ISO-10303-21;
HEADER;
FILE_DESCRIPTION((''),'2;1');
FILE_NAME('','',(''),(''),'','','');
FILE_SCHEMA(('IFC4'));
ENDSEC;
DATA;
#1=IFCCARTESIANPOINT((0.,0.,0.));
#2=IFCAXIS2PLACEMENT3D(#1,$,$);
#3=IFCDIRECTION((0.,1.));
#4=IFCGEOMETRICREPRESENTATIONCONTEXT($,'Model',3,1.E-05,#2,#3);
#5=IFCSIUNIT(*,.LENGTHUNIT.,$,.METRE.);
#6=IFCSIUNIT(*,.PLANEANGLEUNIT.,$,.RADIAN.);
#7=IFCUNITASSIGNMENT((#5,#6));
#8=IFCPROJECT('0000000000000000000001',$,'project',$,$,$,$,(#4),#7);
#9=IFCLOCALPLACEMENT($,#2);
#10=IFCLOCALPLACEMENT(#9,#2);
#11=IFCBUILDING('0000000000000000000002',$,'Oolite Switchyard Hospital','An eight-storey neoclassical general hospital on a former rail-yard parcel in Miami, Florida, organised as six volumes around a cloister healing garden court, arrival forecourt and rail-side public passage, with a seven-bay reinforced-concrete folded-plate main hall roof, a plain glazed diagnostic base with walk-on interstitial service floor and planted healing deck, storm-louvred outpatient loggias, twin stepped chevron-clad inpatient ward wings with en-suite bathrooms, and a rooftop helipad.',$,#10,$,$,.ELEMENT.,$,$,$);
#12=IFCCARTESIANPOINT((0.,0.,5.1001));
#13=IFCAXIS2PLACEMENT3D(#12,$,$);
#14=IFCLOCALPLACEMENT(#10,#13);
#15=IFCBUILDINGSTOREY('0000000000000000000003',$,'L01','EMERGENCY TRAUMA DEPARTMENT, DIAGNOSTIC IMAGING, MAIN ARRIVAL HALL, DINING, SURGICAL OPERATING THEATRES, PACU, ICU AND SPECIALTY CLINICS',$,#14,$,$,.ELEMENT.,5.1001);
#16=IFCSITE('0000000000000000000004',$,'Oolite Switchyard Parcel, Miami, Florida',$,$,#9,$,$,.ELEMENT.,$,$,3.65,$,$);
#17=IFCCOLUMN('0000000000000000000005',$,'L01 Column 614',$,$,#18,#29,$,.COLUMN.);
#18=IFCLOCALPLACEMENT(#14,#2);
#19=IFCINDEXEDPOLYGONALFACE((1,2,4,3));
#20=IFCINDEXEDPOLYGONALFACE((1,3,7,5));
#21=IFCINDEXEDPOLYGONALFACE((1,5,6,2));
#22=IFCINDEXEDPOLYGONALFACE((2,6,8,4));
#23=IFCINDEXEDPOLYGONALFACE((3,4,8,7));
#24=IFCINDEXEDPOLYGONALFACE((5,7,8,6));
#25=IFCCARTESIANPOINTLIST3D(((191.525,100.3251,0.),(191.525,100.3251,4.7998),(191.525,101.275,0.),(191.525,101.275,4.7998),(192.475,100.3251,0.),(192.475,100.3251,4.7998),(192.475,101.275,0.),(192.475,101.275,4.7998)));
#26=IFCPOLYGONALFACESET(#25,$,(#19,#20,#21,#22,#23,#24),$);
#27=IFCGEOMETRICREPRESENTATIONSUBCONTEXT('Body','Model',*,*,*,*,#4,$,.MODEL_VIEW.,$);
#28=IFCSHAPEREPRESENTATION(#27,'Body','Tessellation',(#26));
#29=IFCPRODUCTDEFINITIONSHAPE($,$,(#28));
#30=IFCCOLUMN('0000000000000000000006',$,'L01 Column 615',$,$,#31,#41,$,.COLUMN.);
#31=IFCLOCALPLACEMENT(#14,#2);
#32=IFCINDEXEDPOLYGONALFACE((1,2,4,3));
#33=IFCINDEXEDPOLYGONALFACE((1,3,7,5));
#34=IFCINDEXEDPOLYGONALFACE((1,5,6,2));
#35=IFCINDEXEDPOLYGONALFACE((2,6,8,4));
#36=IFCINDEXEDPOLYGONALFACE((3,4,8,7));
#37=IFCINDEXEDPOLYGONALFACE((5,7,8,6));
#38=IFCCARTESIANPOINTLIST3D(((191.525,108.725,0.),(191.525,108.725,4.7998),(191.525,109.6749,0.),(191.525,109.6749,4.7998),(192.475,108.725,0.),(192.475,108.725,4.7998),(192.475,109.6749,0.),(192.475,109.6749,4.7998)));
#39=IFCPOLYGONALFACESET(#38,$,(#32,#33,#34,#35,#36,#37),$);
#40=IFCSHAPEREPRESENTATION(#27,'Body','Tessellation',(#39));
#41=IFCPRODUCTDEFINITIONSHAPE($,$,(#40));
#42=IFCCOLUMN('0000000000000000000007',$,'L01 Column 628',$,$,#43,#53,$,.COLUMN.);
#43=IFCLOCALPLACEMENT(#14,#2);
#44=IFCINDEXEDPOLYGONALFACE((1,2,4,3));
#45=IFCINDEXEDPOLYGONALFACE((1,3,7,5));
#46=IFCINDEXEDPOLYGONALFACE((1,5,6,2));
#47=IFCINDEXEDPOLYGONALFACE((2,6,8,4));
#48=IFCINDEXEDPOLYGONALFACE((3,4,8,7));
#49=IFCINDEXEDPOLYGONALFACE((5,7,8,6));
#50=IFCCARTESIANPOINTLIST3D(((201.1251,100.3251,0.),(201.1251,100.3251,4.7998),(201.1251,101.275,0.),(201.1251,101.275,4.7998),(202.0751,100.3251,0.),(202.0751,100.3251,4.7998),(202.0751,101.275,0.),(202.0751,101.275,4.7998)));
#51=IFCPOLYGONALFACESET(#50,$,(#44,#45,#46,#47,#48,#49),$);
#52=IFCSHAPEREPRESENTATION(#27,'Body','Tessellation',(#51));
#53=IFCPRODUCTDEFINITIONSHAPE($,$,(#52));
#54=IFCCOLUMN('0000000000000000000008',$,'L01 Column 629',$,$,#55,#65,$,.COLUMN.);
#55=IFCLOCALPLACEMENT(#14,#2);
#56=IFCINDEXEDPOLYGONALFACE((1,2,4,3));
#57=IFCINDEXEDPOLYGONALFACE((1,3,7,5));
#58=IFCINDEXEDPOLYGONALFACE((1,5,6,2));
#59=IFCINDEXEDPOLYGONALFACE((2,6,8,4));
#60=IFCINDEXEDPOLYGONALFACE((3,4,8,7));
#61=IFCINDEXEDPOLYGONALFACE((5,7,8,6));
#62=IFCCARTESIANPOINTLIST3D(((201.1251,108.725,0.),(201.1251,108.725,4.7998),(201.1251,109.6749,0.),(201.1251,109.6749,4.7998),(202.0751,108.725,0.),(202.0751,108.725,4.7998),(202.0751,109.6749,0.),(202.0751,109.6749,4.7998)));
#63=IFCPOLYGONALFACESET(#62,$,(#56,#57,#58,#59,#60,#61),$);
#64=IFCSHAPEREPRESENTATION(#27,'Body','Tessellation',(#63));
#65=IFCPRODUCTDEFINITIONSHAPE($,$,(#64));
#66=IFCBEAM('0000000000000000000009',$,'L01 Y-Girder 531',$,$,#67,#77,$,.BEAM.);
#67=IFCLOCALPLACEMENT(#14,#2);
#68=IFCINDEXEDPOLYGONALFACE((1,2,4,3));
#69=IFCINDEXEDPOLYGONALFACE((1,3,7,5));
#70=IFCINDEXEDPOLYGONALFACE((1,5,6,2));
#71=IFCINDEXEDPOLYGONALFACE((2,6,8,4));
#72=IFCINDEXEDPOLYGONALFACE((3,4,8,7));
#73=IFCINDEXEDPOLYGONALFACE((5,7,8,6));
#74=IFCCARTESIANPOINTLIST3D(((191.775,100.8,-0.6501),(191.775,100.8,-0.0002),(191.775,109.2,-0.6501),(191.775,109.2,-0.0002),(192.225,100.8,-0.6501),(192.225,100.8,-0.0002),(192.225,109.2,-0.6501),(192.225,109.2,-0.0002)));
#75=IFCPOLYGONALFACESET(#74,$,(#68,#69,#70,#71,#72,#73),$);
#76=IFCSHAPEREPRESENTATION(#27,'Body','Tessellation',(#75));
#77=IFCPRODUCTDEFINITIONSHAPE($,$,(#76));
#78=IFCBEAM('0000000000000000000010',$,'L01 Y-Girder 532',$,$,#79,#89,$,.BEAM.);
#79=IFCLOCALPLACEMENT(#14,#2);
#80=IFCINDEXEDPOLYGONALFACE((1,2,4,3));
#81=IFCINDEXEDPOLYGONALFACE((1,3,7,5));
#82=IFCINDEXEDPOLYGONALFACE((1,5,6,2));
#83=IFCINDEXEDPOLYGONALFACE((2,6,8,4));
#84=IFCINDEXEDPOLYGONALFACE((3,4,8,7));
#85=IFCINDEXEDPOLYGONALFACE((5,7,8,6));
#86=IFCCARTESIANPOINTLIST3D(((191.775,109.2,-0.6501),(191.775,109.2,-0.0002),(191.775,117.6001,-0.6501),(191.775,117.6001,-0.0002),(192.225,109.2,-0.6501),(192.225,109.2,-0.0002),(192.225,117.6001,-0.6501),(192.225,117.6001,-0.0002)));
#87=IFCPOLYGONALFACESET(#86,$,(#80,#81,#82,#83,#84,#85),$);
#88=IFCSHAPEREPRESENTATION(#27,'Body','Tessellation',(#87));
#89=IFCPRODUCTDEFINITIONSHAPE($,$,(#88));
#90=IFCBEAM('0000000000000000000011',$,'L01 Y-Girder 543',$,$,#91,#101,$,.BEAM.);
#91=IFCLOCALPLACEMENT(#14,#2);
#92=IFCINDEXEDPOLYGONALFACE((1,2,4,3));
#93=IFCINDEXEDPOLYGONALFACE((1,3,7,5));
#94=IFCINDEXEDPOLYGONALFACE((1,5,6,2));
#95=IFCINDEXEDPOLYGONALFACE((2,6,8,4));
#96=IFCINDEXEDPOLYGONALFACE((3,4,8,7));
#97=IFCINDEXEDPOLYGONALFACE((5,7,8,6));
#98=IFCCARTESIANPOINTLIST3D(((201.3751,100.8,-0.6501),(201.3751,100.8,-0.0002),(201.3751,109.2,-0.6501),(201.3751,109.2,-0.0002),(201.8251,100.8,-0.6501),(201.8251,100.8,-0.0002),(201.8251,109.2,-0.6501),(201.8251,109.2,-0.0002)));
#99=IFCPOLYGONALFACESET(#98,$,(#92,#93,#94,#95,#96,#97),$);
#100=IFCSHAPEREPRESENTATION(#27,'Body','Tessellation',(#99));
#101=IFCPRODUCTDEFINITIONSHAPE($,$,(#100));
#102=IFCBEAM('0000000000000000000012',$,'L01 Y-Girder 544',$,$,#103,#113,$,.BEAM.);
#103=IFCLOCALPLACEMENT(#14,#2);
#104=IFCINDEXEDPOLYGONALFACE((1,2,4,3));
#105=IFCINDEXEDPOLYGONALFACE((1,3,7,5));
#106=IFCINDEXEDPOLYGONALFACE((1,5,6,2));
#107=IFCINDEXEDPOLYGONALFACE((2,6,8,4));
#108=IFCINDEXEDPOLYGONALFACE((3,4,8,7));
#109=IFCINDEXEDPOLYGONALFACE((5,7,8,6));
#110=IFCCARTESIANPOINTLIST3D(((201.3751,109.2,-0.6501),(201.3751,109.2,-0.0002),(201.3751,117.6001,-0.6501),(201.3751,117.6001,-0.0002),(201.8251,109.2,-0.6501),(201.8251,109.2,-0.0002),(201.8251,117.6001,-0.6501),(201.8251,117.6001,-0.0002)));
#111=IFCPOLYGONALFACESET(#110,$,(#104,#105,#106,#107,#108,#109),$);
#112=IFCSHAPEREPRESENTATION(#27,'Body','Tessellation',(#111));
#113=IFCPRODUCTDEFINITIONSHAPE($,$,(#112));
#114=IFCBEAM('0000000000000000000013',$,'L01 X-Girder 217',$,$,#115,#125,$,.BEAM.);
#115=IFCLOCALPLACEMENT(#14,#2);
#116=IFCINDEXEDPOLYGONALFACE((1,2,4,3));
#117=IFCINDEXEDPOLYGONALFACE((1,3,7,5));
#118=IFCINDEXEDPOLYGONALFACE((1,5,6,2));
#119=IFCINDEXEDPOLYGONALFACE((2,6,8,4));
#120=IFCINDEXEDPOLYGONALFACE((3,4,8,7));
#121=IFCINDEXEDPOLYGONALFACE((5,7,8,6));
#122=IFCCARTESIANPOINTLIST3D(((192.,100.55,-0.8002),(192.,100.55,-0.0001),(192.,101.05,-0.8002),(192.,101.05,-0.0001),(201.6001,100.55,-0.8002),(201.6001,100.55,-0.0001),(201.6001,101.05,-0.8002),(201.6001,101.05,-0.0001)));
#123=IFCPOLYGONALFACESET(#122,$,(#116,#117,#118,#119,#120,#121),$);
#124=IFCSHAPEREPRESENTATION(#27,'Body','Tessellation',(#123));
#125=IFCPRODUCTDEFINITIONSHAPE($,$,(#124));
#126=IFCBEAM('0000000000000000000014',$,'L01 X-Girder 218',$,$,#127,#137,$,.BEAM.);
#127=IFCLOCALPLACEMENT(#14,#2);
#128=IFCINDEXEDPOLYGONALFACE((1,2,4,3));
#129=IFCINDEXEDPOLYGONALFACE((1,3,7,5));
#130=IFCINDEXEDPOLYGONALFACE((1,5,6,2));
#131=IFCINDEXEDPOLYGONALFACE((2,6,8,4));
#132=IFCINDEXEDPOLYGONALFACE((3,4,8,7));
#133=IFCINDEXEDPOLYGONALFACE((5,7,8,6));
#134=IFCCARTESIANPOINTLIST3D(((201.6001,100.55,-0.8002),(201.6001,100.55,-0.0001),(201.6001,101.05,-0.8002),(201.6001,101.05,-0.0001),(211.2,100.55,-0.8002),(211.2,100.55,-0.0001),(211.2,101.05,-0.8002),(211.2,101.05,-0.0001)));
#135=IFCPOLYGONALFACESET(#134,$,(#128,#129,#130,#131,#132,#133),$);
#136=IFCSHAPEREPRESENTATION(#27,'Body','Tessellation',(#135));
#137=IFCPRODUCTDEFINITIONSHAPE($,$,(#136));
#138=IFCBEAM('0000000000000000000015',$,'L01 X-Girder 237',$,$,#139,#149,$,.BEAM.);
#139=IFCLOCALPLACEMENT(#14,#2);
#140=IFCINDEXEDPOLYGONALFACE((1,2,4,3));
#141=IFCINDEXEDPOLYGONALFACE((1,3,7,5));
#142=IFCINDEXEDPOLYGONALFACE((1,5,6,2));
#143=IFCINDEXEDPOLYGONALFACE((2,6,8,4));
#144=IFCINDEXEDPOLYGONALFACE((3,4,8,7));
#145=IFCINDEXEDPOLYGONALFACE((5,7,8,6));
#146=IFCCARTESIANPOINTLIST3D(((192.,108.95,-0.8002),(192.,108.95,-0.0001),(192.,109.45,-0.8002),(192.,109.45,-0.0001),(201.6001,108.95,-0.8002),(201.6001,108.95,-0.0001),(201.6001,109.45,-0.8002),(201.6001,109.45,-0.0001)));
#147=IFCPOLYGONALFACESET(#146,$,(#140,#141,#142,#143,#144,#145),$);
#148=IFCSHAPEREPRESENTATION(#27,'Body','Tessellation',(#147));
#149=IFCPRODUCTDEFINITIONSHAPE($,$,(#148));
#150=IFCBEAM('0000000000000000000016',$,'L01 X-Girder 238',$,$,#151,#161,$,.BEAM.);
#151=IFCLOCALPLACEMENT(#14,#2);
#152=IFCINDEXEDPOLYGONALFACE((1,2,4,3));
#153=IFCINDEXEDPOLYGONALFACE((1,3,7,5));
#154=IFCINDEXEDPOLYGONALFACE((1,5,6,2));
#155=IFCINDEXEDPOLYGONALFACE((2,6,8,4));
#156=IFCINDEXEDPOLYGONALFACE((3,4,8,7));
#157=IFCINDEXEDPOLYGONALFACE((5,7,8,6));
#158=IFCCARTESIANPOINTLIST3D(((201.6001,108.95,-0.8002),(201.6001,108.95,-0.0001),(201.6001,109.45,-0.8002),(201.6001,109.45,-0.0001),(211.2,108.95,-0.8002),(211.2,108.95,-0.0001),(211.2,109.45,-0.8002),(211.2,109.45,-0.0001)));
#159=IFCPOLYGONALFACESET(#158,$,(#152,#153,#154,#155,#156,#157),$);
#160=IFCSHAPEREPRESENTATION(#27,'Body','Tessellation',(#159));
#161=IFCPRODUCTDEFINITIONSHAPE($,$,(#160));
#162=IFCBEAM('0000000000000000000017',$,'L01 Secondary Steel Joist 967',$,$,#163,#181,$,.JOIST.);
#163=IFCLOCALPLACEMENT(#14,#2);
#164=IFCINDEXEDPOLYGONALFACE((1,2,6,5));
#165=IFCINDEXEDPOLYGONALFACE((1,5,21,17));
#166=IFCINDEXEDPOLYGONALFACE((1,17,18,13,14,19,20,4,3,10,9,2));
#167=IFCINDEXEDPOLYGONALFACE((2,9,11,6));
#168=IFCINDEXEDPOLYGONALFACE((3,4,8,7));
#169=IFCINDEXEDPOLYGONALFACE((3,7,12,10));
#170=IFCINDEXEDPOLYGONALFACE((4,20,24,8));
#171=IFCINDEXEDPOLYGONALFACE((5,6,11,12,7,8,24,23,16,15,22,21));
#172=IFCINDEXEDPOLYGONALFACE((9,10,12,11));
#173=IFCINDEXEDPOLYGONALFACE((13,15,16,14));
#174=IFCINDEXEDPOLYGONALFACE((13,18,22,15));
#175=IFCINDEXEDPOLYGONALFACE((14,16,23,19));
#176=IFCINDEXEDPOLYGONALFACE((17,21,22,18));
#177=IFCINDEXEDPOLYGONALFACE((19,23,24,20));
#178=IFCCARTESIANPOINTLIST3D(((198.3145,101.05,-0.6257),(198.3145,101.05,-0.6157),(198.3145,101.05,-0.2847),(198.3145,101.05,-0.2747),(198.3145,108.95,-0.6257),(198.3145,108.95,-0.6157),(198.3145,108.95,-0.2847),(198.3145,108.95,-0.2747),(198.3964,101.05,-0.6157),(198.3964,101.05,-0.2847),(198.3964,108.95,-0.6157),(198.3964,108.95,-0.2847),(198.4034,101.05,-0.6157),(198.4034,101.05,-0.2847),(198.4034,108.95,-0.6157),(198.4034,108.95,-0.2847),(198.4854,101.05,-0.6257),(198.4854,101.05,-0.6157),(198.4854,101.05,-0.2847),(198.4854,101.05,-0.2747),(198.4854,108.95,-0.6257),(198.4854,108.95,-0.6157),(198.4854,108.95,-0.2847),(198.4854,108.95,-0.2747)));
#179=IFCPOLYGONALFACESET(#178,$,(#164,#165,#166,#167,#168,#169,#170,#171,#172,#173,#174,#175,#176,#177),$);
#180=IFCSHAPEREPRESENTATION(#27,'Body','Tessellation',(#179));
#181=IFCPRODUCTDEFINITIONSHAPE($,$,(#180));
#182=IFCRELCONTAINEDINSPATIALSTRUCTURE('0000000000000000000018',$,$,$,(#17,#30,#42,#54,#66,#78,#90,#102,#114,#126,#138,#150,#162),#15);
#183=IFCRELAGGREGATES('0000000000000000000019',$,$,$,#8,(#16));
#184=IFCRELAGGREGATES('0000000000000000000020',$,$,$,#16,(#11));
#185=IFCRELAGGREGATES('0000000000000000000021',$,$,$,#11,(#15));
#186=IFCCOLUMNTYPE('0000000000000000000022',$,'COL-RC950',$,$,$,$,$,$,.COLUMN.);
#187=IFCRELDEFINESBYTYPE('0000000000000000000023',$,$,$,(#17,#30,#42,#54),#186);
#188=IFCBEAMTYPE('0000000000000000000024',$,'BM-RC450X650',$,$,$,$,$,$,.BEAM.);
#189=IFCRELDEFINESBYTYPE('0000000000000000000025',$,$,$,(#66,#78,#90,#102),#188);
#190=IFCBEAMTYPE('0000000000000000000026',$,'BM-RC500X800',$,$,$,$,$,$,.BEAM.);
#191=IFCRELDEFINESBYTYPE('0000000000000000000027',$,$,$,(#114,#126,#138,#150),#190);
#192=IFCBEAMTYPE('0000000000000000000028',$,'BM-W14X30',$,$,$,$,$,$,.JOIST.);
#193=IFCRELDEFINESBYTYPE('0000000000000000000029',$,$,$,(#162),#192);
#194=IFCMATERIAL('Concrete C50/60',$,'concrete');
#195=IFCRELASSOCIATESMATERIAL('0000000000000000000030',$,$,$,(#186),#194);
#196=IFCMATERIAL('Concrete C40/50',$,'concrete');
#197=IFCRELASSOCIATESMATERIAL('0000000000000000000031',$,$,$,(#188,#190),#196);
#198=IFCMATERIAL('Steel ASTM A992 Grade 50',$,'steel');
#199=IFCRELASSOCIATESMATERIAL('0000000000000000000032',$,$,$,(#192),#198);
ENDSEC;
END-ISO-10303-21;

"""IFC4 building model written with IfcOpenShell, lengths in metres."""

from ifc_helpers import new_model, si_unit, direction, frame, origin, origin_2d, place, context, subcontext, project, spatial, rectangle, i_section, extrude, material, material_profile, profile_set, type_object, element, save


model = new_model("IFC4")

# Units and contexts
model_context = context("Model", 3, precision=1e-05, world=origin(), true_north=direction((0.0, 1.0)))
body_context = subcontext(model_context, "Body", "Model", "MODEL_VIEW")
ifc_project = project(units=[si_unit("LENGTHUNIT", "METRE"), si_unit("PLANEANGLEUNIT", "RADIAN")], contexts=[model_context])

# Site, building, storey
site_placement = place(None, origin())
site = spatial("IfcSite", under=ifc_project, at=site_placement, Name="Oolite Switchyard Parcel, Miami, Florida", CompositionType="ELEMENT", RefElevation=3.65)
building_placement = place(site_placement, origin())
building = spatial("IfcBuilding", under=site, at=building_placement, Name="Oolite Switchyard Hospital", Description="An eight-storey neoclassical general hospital on a former rail-yard parcel in Miami, Florida, organised as six volumes around a cloister healing garden court, arrival forecourt and rail-side public passage, with a seven-bay reinforced-concrete folded-plate main hall roof, a plain glazed diagnostic base with walk-on interstitial service floor and planted healing deck, storm-louvred outpatient loggias, twin stepped chevron-clad inpatient ward wings with en-suite bathrooms, and a rooftop helipad.", CompositionType="ELEMENT")
storey_placement = place(building_placement, frame((0.0, 0.0, 5.1001)))
storey = spatial("IfcBuildingStorey", under=building, at=storey_placement, Name="L01", Description="EMERGENCY TRAUMA DEPARTMENT, DIAGNOSTIC IMAGING, MAIN ARRIVAL HALL, DINING, SURGICAL OPERATING THEATRES, PACU, ICU AND SPECIALTY CLINICS", CompositionType="ELEMENT", Elevation=5.1001)

# Columns
ifc_material_1 = material(Name="Concrete C50/60", Category="concrete")
ifc_material_profile_1 = material_profile(ifc_material_1, rectangle(XDim=0.95, YDim=0.95, at=origin_2d()), Name="RC950X950")
ifc_profile_set_1 = profile_set([ifc_material_profile_1], Name="Concrete C50/60")
column_type = type_object("IfcColumnType", Name="COL-RC950", PredefinedType="COLUMN", material=ifc_profile_set_1)
for number, where, z_axis, x_axis, name in (
    (1, (192.0, 100.8, 0.0), (0.0, 0.0, 1.0), (1.0, 0.0, 0.0), "L01 Column 614"),
    (2, (192.0, 109.2, 0.0), (0.0, 0.0, 1.0), (1.0, 0.0, 0.0), "L01 Column 615"),
    (3, (201.6001, 100.8, 0.0), (0.0, 0.0, 1.0), (1.0, 0.0, 0.0), "L01 Column 628"),
    (4, (201.6001, 109.2, 0.0), (0.0, 0.0, 1.0), (1.0, 0.0, 0.0), "L01 Column 629"),
):
    element("IfcColumn", number, at=place(storey_placement, frame(where, z_axis=z_axis, x_axis=x_axis)), inside=storey, type_object=column_type, Name=name, PredefinedType="COLUMN", context=body_context, shape_type="SweptSolid", body=[
        extrude(rectangle(XDim=0.95, YDim=0.95, at=origin_2d()), origin(), (0.0, 0.0, 1.0), 4.7998),
    ])

# Beams
ifc_material_2 = material(Name="Concrete C40/50", Category="concrete")
ifc_material_profile_2 = material_profile(ifc_material_2, rectangle(XDim=0.45, YDim=0.6499, at=origin_2d()), Name="RCB450X650")
ifc_profile_set_2 = profile_set([ifc_material_profile_2], Name="Concrete C40/50")
beam_type_1 = type_object("IfcBeamType", Name="BM-RC450X650", PredefinedType="BEAM", material=ifc_profile_set_2)
beam_1_placement = place(storey_placement, frame((192.0, 100.8, -0.3252), z_axis=(0.0, 1.0, 0.0), x_axis=(-1.0, 0.0, 0.0)))
element("IfcBeam", 5, at=beam_1_placement, inside=storey, type_object=beam_type_1, Name="L01 Y-Girder 531", PredefinedType="BEAM", context=body_context, shape_type="SweptSolid", body=[
    extrude(rectangle(XDim=0.45, YDim=0.6499, at=origin_2d()), origin(), (0.0, 0.0, 1.0), 8.3999),
])
beam_2_placement = place(storey_placement, frame((192.0, 109.2, -0.3252), z_axis=(0.0, 1.0, 0.0), x_axis=(-1.0, 0.0, 0.0)))
element("IfcBeam", 6, at=beam_2_placement, inside=storey, type_object=beam_type_1, Name="L01 Y-Girder 532", PredefinedType="BEAM", context=body_context, shape_type="SweptSolid", body=[
    extrude(rectangle(XDim=0.45, YDim=0.6499, at=origin_2d()), origin(), (0.0, 0.0, 1.0), 8.4001),
])
beam_3_placement = place(storey_placement, frame((201.6001, 100.8, -0.3252), z_axis=(0.0, 1.0, 0.0), x_axis=(-1.0, 0.0, 0.0)))
element("IfcBeam", 7, at=beam_3_placement, inside=storey, type_object=beam_type_1, Name="L01 Y-Girder 543", PredefinedType="BEAM", context=body_context, shape_type="SweptSolid", body=[
    extrude(rectangle(XDim=0.45, YDim=0.6499, at=origin_2d()), origin(), (0.0, 0.0, 1.0), 8.3999),
])
beam_4_placement = place(storey_placement, frame((201.6001, 109.2, -0.3252), z_axis=(0.0, 1.0, 0.0), x_axis=(-1.0, 0.0, 0.0)))
element("IfcBeam", 8, at=beam_4_placement, inside=storey, type_object=beam_type_1, Name="L01 Y-Girder 544", PredefinedType="BEAM", context=body_context, shape_type="SweptSolid", body=[
    extrude(rectangle(XDim=0.45, YDim=0.6499, at=origin_2d()), origin(), (0.0, 0.0, 1.0), 8.4001),
])
ifc_material_profile_3 = material_profile(ifc_material_2, rectangle(XDim=0.5, YDim=0.8, at=origin_2d()), Name="RCB500X800")
ifc_profile_set_3 = profile_set([ifc_material_profile_3], Name="Concrete C40/50")
beam_type_2 = type_object("IfcBeamType", Name="BM-RC500X800", PredefinedType="BEAM", material=ifc_profile_set_3)
beam_5_placement = place(storey_placement, frame((192.0, 100.8, -0.4001), z_axis=(1.0, 0.0, 0.0), x_axis=(0.0, 1.0, 0.0)))
element("IfcBeam", 9, at=beam_5_placement, inside=storey, type_object=beam_type_2, Name="L01 X-Girder 217", PredefinedType="BEAM", context=body_context, shape_type="SweptSolid", body=[
    extrude(rectangle(XDim=0.5, YDim=0.8, at=origin_2d()), origin(), (0.0, 0.0, 1.0), 9.6001),
])
beam_6_placement = place(storey_placement, frame((201.6001, 100.8, -0.4001), z_axis=(1.0, 0.0, 0.0), x_axis=(0.0, 1.0, 0.0)))
element("IfcBeam", 10, at=beam_6_placement, inside=storey, type_object=beam_type_2, Name="L01 X-Girder 218", PredefinedType="BEAM", context=body_context, shape_type="SweptSolid", body=[
    extrude(rectangle(XDim=0.5, YDim=0.8, at=origin_2d()), origin(), (0.0, 0.0, 1.0), 9.5999),
])
beam_7_placement = place(storey_placement, frame((192.0, 109.2, -0.4001), z_axis=(1.0, 0.0, 0.0), x_axis=(0.0, 1.0, 0.0)))
element("IfcBeam", 11, at=beam_7_placement, inside=storey, type_object=beam_type_2, Name="L01 X-Girder 237", PredefinedType="BEAM", context=body_context, shape_type="SweptSolid", body=[
    extrude(rectangle(XDim=0.5, YDim=0.8, at=origin_2d()), origin(), (0.0, 0.0, 1.0), 9.6001),
])
beam_8_placement = place(storey_placement, frame((201.6001, 109.2, -0.4001), z_axis=(1.0, 0.0, 0.0), x_axis=(0.0, 1.0, 0.0)))
element("IfcBeam", 12, at=beam_8_placement, inside=storey, type_object=beam_type_2, Name="L01 X-Girder 238", PredefinedType="BEAM", context=body_context, shape_type="SweptSolid", body=[
    extrude(rectangle(XDim=0.5, YDim=0.8, at=origin_2d()), origin(), (0.0, 0.0, 1.0), 9.5999),
])
ifc_material_3 = material(Name="Steel ASTM A992 Grade 50", Category="steel")
ifc_material_profile_4 = material_profile(ifc_material_3, i_section(OverallWidth=0.1709, OverallDepth=0.3511, WebThickness=0.0071, FlangeThickness=0.01, at=origin_2d()), Name="W14X30")
ifc_profile_set_4 = profile_set([ifc_material_profile_4], Name="Steel ASTM A992 Grade 50")
beam_type_3 = type_object("IfcBeamType", Name="BM-W14X30", PredefinedType="JOIST", material=ifc_profile_set_4)
beam_9_placement = place(storey_placement, frame((198.3999, 101.05, -0.4502), z_axis=(0.0, 1.0, 0.0), x_axis=(-1.0, 0.0, 0.0)))
element("IfcBeam", 13, at=beam_9_placement, inside=storey, type_object=beam_type_3, Name="L01 Secondary Steel Joist 967", PredefinedType="JOIST", context=body_context, shape_type="SweptSolid", body=[
    extrude(i_section(OverallWidth=0.1709, OverallDepth=0.3511, WebThickness=0.0071, FlangeThickness=0.01, at=origin_2d()), origin(), (0.0, 0.0, 1.0), 7.8999),
])

save(model, "model.ifc")
